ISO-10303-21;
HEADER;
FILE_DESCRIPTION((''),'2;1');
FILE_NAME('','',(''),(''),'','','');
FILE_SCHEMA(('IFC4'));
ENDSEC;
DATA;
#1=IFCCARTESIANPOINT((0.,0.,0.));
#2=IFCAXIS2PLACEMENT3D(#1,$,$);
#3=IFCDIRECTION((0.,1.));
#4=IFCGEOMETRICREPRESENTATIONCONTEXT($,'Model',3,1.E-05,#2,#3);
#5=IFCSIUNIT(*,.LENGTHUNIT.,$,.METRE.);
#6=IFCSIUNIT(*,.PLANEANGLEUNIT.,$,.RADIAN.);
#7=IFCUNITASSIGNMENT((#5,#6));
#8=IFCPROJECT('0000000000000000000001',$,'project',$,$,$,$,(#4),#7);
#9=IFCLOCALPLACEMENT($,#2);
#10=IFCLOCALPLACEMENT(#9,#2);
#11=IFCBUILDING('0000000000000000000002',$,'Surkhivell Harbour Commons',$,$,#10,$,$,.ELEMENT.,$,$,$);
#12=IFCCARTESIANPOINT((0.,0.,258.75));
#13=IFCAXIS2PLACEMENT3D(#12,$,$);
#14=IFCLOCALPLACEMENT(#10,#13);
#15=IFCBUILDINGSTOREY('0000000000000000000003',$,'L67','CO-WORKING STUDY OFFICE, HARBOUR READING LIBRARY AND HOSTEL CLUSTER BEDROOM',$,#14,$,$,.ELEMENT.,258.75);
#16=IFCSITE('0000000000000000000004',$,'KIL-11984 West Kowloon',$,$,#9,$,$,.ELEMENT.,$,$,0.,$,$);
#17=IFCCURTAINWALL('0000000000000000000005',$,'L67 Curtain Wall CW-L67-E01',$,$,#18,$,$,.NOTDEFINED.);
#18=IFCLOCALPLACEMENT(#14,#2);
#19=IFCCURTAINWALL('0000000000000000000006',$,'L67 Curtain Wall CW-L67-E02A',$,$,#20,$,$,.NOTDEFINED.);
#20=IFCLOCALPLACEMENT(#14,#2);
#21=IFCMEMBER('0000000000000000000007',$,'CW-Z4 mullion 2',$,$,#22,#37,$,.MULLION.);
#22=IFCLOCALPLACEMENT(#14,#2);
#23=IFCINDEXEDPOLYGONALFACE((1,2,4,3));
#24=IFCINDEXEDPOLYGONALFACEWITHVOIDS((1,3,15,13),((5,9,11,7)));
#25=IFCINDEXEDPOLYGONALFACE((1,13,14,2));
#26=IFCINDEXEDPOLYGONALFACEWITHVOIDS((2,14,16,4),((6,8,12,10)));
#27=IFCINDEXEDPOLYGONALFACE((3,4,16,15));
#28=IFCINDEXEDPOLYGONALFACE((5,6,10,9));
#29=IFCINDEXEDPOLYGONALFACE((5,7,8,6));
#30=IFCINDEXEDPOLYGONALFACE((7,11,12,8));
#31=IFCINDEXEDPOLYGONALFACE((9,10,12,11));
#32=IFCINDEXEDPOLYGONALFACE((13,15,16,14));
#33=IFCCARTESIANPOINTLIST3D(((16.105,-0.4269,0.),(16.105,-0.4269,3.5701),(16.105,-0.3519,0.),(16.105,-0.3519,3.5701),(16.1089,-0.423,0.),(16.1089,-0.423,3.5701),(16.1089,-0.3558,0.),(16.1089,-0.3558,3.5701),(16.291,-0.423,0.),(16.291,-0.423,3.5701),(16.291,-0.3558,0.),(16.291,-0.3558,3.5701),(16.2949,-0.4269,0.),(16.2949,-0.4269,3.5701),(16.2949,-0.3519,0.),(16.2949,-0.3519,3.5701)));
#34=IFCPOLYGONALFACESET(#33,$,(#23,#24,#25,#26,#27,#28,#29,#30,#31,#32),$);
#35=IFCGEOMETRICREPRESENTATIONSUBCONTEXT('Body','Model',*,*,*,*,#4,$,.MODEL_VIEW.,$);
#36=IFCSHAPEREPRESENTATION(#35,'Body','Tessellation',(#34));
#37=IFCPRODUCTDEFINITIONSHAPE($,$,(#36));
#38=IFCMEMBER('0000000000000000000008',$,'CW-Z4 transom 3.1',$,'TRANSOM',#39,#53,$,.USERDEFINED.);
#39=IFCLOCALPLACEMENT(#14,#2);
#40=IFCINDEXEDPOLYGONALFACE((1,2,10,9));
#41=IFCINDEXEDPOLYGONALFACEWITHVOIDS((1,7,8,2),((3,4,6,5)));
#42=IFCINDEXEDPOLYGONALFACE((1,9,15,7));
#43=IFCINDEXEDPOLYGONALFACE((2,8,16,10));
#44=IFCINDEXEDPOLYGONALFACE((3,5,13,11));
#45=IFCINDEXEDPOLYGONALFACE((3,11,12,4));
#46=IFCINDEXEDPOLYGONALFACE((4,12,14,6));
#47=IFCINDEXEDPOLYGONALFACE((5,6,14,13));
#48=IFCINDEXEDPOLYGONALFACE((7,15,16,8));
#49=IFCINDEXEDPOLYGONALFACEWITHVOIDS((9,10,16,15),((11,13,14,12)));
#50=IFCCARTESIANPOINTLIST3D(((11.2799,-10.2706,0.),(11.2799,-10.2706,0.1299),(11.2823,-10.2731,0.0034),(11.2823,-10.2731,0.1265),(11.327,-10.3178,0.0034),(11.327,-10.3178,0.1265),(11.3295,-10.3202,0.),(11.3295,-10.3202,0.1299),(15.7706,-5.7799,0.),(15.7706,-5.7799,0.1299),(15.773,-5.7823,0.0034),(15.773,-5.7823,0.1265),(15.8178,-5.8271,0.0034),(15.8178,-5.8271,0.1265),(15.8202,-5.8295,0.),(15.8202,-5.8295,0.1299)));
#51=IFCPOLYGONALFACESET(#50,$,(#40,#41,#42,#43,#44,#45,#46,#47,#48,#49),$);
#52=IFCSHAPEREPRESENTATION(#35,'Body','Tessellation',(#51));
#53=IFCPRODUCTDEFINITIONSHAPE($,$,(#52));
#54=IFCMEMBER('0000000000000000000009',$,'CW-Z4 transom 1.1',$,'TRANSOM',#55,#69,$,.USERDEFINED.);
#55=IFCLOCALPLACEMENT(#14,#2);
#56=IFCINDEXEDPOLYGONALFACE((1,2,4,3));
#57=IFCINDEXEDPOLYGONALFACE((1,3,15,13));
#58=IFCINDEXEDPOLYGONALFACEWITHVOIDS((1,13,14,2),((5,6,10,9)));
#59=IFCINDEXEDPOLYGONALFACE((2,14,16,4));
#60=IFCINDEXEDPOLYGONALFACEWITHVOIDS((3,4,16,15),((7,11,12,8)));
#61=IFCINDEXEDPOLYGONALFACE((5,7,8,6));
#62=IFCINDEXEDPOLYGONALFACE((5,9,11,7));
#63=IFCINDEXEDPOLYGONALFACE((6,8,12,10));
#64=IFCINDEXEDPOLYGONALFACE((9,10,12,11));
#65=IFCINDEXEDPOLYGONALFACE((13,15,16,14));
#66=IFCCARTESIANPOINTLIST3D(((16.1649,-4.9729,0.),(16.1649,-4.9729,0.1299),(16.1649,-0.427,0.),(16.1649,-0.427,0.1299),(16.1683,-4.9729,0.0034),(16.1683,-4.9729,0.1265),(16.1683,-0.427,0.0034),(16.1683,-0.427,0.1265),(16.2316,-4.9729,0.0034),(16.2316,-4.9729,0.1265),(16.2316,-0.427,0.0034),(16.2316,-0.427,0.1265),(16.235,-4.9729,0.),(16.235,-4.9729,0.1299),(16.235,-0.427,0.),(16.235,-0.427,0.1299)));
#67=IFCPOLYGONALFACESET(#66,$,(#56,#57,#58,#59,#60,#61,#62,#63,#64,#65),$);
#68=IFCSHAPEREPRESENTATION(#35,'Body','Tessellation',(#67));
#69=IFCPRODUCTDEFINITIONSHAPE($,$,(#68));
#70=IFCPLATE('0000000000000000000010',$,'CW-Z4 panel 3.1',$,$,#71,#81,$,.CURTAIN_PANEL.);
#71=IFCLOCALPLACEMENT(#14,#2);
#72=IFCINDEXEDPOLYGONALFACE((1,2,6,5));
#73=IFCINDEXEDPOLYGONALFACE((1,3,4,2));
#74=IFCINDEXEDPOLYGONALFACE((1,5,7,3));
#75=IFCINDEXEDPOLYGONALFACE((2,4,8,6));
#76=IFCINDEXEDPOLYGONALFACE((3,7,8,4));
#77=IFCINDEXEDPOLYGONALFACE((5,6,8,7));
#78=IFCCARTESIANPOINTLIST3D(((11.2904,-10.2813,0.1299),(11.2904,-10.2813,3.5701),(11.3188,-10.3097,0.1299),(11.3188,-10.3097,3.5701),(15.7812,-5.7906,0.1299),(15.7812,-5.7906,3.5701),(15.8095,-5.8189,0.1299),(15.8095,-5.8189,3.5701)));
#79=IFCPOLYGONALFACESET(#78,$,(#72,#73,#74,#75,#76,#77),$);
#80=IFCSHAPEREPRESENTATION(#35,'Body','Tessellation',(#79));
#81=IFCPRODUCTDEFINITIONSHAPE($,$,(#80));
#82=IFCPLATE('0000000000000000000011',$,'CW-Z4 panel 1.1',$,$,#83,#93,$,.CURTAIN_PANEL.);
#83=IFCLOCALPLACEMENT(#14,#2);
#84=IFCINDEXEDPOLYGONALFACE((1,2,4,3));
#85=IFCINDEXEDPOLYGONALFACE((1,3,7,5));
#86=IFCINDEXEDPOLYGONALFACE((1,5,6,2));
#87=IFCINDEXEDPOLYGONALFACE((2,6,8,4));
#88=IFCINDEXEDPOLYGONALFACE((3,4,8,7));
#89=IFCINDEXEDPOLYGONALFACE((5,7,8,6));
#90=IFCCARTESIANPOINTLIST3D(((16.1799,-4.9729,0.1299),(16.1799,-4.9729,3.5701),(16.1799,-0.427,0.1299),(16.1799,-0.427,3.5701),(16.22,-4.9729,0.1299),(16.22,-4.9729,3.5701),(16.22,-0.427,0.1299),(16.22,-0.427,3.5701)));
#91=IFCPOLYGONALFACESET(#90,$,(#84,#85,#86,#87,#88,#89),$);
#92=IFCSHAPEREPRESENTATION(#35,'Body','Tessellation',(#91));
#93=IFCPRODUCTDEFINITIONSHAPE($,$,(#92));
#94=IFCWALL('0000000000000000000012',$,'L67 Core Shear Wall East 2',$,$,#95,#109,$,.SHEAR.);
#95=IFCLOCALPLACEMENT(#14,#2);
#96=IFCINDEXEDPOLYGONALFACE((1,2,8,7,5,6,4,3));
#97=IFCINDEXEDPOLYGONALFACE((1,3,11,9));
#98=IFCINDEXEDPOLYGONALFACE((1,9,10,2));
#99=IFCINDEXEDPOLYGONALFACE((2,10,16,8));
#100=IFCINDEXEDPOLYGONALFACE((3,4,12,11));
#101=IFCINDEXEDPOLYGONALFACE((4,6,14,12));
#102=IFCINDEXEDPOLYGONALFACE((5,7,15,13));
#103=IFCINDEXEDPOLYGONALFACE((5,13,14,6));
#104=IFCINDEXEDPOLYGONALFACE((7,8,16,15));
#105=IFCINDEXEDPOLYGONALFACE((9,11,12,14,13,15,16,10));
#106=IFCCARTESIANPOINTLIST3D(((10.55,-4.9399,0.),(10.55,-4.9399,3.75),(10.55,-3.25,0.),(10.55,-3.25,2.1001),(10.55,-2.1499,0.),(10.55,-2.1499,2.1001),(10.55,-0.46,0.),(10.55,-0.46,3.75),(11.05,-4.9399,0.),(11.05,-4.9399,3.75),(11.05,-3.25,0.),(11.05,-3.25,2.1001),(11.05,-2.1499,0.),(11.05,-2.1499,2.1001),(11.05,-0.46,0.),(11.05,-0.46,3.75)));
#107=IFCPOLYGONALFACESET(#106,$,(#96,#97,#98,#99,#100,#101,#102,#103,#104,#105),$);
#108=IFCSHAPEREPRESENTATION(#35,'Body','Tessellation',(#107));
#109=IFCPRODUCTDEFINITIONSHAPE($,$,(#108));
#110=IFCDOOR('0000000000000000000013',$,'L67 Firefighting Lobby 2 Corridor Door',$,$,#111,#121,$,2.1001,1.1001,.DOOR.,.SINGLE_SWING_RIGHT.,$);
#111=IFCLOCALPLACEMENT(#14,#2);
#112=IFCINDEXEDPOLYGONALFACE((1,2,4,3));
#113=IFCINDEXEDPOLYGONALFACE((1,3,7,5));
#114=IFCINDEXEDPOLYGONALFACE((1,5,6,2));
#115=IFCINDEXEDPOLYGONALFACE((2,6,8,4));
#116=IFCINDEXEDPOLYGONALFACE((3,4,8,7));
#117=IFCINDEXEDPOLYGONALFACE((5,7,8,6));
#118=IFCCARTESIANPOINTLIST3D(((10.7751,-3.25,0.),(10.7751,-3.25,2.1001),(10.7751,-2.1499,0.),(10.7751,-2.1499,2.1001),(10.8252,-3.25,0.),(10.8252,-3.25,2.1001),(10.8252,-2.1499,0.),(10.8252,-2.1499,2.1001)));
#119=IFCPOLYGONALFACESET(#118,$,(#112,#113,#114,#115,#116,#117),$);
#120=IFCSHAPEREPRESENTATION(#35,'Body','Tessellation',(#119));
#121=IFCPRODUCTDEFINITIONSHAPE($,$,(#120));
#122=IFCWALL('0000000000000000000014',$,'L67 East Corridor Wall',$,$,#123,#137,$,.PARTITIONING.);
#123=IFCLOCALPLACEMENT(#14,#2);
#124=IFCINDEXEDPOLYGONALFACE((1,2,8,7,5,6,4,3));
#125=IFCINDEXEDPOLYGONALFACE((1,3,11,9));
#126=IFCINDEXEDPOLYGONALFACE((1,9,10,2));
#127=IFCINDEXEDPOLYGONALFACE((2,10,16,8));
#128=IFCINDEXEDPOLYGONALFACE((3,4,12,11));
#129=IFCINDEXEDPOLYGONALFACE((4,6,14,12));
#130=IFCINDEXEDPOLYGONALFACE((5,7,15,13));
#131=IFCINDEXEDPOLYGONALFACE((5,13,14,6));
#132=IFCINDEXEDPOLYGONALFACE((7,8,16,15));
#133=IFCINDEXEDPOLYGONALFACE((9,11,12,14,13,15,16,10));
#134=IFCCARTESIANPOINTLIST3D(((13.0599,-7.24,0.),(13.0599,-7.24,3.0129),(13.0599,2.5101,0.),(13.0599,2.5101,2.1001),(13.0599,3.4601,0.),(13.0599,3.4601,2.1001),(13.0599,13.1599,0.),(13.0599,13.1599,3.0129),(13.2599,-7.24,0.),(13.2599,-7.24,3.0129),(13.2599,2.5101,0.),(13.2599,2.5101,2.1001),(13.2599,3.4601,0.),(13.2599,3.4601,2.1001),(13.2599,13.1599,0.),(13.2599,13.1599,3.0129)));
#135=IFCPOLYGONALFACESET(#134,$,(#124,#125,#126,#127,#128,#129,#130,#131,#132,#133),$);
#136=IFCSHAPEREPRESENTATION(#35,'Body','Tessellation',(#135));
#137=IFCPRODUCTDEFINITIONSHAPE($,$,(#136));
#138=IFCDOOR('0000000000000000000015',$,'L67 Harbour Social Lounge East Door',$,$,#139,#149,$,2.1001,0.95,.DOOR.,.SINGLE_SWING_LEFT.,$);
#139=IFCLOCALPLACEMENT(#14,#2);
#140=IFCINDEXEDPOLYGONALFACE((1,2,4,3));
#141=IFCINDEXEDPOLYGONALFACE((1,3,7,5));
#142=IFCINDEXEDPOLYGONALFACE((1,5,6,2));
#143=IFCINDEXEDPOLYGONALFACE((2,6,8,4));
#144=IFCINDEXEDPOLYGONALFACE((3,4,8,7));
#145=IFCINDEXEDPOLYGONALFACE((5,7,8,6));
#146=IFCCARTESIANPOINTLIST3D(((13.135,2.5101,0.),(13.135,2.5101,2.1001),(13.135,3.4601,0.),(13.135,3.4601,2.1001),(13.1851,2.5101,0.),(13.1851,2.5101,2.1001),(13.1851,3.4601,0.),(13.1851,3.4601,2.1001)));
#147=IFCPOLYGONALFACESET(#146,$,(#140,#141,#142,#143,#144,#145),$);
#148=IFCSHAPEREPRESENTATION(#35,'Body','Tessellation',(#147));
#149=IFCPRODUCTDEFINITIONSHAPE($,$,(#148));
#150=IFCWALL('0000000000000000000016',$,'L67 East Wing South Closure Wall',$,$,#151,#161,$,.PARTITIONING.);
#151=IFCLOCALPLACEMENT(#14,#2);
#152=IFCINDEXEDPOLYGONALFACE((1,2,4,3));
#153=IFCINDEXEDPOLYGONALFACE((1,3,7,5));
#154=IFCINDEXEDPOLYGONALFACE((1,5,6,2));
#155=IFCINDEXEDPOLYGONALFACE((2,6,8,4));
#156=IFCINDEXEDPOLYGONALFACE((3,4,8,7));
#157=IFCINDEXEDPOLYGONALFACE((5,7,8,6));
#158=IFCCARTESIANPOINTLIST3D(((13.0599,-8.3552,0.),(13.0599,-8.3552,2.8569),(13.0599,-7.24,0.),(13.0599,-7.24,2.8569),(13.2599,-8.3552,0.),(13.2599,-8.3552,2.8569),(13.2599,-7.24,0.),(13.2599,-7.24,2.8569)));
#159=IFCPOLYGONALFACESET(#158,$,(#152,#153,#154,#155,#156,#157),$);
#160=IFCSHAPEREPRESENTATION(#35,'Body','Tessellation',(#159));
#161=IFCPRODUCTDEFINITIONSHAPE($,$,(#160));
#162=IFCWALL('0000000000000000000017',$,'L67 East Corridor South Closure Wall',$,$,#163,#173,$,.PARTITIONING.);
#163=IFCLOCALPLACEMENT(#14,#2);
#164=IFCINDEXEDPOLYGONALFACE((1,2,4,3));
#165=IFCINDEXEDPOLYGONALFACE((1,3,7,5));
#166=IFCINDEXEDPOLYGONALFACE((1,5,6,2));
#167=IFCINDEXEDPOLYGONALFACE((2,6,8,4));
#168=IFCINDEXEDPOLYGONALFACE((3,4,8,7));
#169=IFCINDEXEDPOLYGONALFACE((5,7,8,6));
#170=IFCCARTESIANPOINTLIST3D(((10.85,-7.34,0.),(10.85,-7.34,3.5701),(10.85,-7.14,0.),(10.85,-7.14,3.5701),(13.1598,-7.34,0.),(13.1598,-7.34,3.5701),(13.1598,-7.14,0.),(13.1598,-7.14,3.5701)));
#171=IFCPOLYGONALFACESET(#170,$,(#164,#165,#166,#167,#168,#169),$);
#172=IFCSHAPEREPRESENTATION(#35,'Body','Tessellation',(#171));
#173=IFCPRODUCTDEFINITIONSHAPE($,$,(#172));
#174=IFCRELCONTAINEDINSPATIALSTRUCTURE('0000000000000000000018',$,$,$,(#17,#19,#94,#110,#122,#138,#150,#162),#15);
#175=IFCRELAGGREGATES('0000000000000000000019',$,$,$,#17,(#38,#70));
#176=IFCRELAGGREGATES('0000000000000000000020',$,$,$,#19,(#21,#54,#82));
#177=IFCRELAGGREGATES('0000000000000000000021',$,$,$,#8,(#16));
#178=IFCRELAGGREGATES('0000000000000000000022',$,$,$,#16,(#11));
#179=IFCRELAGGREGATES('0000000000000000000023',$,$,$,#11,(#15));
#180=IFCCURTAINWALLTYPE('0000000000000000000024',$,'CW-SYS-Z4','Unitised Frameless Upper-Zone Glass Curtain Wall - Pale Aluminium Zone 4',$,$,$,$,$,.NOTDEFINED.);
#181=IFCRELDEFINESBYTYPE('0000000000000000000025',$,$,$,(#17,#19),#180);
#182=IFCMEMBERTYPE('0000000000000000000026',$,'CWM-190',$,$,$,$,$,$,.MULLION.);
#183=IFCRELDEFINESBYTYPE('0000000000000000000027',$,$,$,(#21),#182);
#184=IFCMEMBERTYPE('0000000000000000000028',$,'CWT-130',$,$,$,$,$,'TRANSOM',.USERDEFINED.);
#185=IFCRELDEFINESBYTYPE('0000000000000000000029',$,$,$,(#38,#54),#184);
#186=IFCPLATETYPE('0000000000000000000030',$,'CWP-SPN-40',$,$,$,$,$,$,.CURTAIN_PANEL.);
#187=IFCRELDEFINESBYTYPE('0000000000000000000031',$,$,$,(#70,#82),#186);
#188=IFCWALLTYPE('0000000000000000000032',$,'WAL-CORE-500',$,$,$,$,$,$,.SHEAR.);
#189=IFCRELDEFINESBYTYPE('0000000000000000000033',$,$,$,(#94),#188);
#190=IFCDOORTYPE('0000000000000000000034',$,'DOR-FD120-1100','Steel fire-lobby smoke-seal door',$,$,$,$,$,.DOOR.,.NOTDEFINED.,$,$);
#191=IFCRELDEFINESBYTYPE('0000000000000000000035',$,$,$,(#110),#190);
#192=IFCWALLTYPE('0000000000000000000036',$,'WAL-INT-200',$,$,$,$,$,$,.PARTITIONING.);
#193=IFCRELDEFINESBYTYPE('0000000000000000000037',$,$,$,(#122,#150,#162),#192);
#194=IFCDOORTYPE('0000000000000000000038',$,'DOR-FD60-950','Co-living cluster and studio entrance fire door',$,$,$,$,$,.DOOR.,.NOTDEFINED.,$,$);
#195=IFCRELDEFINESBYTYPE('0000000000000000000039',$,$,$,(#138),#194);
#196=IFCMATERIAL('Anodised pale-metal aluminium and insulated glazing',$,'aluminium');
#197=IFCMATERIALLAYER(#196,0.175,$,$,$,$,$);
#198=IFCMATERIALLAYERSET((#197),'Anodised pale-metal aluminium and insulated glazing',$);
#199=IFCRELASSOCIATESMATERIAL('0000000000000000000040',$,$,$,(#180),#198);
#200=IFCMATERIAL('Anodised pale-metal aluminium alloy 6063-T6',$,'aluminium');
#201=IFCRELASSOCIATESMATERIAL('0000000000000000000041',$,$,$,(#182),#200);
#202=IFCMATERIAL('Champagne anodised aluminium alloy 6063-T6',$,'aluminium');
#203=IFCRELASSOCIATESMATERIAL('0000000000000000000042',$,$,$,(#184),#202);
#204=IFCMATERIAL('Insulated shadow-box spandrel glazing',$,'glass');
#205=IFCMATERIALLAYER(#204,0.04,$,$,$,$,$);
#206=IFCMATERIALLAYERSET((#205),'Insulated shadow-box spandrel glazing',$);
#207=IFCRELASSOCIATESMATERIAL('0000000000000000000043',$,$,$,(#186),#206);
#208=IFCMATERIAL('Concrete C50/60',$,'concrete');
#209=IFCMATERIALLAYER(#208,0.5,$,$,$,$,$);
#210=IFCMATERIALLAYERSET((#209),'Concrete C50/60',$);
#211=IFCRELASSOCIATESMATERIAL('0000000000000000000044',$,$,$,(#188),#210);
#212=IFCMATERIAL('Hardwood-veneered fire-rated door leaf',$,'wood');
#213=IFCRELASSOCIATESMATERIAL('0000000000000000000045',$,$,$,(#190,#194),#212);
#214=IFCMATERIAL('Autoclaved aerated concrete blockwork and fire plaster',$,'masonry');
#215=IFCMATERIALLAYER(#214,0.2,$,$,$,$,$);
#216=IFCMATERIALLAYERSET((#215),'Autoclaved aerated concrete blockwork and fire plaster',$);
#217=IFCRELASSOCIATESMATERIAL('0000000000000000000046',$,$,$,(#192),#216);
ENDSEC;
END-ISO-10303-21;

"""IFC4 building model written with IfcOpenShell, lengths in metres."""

from ifc_helpers import new_model, si_unit, direction, frame, frame_2d, origin, origin_2d, place, context, subcontext, project, spatial, rectangle, hollow_rectangle, extrude, material, layer, layer_set, material_profile, profile_set, type_object, element, fill, aggregate, save


model = new_model("IFC4")

# Units and contexts
model_context = context("Model", 3, precision=1e-05, world=origin(), true_north=direction((0.0, 1.0)))
body_context = subcontext(model_context, "Body", "Model", "MODEL_VIEW")
ifc_project = project(units=[si_unit("LENGTHUNIT", "METRE"), si_unit("PLANEANGLEUNIT", "RADIAN")], contexts=[model_context])

# Site, building, storey
site_placement = place(None, origin())
site = spatial("IfcSite", under=ifc_project, at=site_placement, Name="KIL-11984 West Kowloon", CompositionType="ELEMENT", RefElevation=0.0)
building_placement = place(site_placement, origin())
building = spatial("IfcBuilding", under=site, at=building_placement, Name="Surkhivell Harbour Commons", CompositionType="ELEMENT")
storey_placement = place(building_placement, frame((0.0, 0.0, 258.75)))
storey = spatial("IfcBuildingStorey", under=building, at=storey_placement, Name="L67", Description="CO-WORKING STUDY OFFICE, HARBOUR READING LIBRARY AND HOSTEL CLUSTER BEDROOM", CompositionType="ELEMENT", Elevation=258.75)

# Shared definitions
ifc_material_1 = material(Name="Concrete C50/60", Category="concrete")

# Curtain walls, member
ifc_material_2 = material(Name="Anodised pale-metal aluminium and insulated glazing", Category="aluminium")
ifc_layer_1 = layer(ifc_material_2, 0.175)
ifc_layer_set_1 = layer_set([ifc_layer_1], Name="Anodised pale-metal aluminium and insulated glazing")
curtain_wall_type = type_object("IfcCurtainWallType", Name="CW-SYS-Z4", Description="Unitised Frameless Upper-Zone Glass Curtain Wall - Pale Aluminium Zone 4", PredefinedType="NOTDEFINED", material=ifc_layer_set_1)
curtain_wall_1_placement = place(storey_placement, origin())
curtain_wall_1 = element("IfcCurtainWall", 1, at=curtain_wall_1_placement, inside=storey, type_object=curtain_wall_type, Name="L67 Curtain Wall CW-L67-E01", PredefinedType="NOTDEFINED")
ifc_material_3 = material(Name="Anodised pale-metal aluminium alloy 6063-T6", Category="aluminium")
ifc_material_profile_1 = material_profile(ifc_material_3, hollow_rectangle(XDim=0.075, YDim=0.1899, WallThickness=0.0039, at=origin_2d()), Name="ALU-MULL-75x190")
ifc_profile_set_1 = profile_set([ifc_material_profile_1], Name="Anodised pale-metal aluminium alloy 6063-T6")
member_type_1 = type_object("IfcMemberType", Name="CWM-190", PredefinedType="MULLION", material=ifc_profile_set_1)
curtain_wall_2_placement = place(storey_placement, origin())
curtain_wall_2 = element("IfcCurtainWall", 2, at=curtain_wall_2_placement, inside=storey, type_object=curtain_wall_type, Name="L67 Curtain Wall CW-L67-E02A", PredefinedType="NOTDEFINED")
member_1_placement = place(storey_placement, frame((16.2, -0.3894, 0.0), z_axis=(0.0, 0.0, 1.0), x_axis=(0.0, 1.0, 0.0)))
member_1 = element("IfcMember", 3, at=member_1_placement, type_object=member_type_1, Name="CW-Z4 mullion 2", PredefinedType="MULLION", context=body_context, shape_type="SweptSolid", body=[
    extrude(hollow_rectangle(XDim=0.075, YDim=0.1899, WallThickness=0.0039, at=origin_2d()), origin(), (0.0, 0.0, 1.0), 3.5701),
])

# Members
ifc_material_4 = material(Name="Champagne anodised aluminium alloy 6063-T6", Category="aluminium")
ifc_material_profile_2 = material_profile(ifc_material_4, hollow_rectangle(XDim=0.0701, YDim=0.1299, WallThickness=0.0034, at=origin_2d()), Name="ALU-TRAN-70x130")
ifc_profile_set_2 = profile_set([ifc_material_profile_2], Name="Champagne anodised aluminium alloy 6063-T6")
member_type_2 = type_object("IfcMemberType", Name="CWT-130", ElementType="TRANSOM", PredefinedType="USERDEFINED", material=ifc_profile_set_2)
member_2_placement = place(storey_placement, frame((11.3047, -10.2954, 0.0649), z_axis=(0.707107, 0.707107, 0.0), x_axis=(-0.707107, 0.707107, 0.0)))
member_2 = element("IfcMember", 4, at=member_2_placement, type_object=member_type_2, Name="CW-Z4 transom 3.1", ObjectType="TRANSOM", PredefinedType="USERDEFINED", context=body_context, shape_type="SweptSolid", body=[
    extrude(hollow_rectangle(XDim=0.0701, YDim=0.1299, WallThickness=0.0034, at=origin_2d()), origin(), (0.0, 0.0, 1.0), 6.3508),
])
member_3_placement = place(storey_placement, frame((16.2, -4.9729, 0.0649), z_axis=(0.0, 1.0, 0.0), x_axis=(-1.0, 0.0, 0.0)))
member_3 = element("IfcMember", 5, at=member_3_placement, type_object=member_type_2, Name="CW-Z4 transom 1.1", ObjectType="TRANSOM", PredefinedType="USERDEFINED", context=body_context, shape_type="SweptSolid", body=[
    extrude(hollow_rectangle(XDim=0.0701, YDim=0.1299, WallThickness=0.0034, at=origin_2d()), origin(), (0.0, 0.0, 1.0), 4.5459),
])

# Plates
ifc_material_5 = material(Name="Insulated shadow-box spandrel glazing", Category="glass")
ifc_layer_2 = layer(ifc_material_5, 0.04)
ifc_layer_set_2 = layer_set([ifc_layer_2], Name="Insulated shadow-box spandrel glazing")
plate_type = type_object("IfcPlateType", Name="CWP-SPN-40", PredefinedType="CURTAIN_PANEL", material=ifc_layer_set_2)
plate_1_placement = place(storey_placement, frame((11.3047, -10.2954, 0.1299), z_axis=(0.0, 0.0, 1.0), x_axis=(0.707107, 0.707107, 0.0)))
plate_1 = element("IfcPlate", 6, at=plate_1_placement, type_object=plate_type, Name="CW-Z4 panel 3.1", PredefinedType="CURTAIN_PANEL", context=body_context, shape_type="SweptSolid", body=[
    extrude(rectangle(XDim=6.3508, YDim=0.04, at=frame_2d((3.1753, 0.0))), origin(), (0.0, 0.0, 1.0), 3.4402),
])
aggregate(curtain_wall_1, [member_2, plate_1])
plate_2_placement = place(storey_placement, frame((16.2, -4.9729, 0.1299), z_axis=(0.0, 0.0, 1.0), x_axis=(0.0, 1.0, 0.0)))
plate_2 = element("IfcPlate", 7, at=plate_2_placement, type_object=plate_type, Name="CW-Z4 panel 1.1", PredefinedType="CURTAIN_PANEL", context=body_context, shape_type="SweptSolid", body=[
    extrude(rectangle(XDim=4.5459, YDim=0.04, at=frame_2d((2.2729, 0.0))), origin(), (0.0, 0.0, 1.0), 3.4402),
])
aggregate(curtain_wall_2, [member_1, member_3, plate_2])

# Walls, openings, doors
ifc_layer_3 = layer(ifc_material_1, 0.5)
ifc_layer_set_3 = layer_set([ifc_layer_3], Name="Concrete C50/60")
wall_type_1 = type_object("IfcWallType", Name="WAL-CORE-500", PredefinedType="SHEAR", material=ifc_layer_set_3)
wall_1_placement = place(storey_placement, frame((10.8, -4.9399, 0.0), z_axis=(0.0, 0.0, 1.0), x_axis=(0.0, 1.0, 0.0)))
wall_1 = element("IfcWall", 8, at=wall_1_placement, inside=storey, type_object=wall_type_1, Name="L67 Core Shear Wall East 2", PredefinedType="SHEAR", context=body_context, shape_type="SweptSolid", body=[
    extrude(rectangle(XDim=4.48, YDim=0.5, at=frame_2d((2.24, 0.0))), origin(), (0.0, 0.0, 1.0), 3.75),
])
opening_1_placement = place(wall_1_placement, frame((1.6899, 0.0, 0.0)))
opening_1 = element("IfcOpeningElement", 9, at=opening_1_placement, cuts=wall_1, PredefinedType="OPENING", context=body_context, shape_type="SweptSolid", body=[
    extrude(rectangle(XDim=1.1001, YDim=2.1001, at=frame_2d((0.55, 1.05))), frame((0.0, 0.26, 0.0), z_axis=(0.0, -1.0, 0.0), x_axis=(1.0, 0.0, 0.0)), (0.0, 0.0, 1.0), 0.52),
])
ifc_material_6 = material(Name="Hardwood-veneered fire-rated door leaf", Category="wood")
door_type_1 = type_object("IfcDoorType", Name="DOR-FD120-1100", Description="Steel fire-lobby smoke-seal door", OperationType="NOTDEFINED", PredefinedType="DOOR", material=ifc_material_6)
door_1_placement = place(opening_1_placement, origin())
door_1 = element("IfcDoor", 10, at=door_1_placement, inside=storey, type_object=door_type_1, Name="L67 Firefighting Lobby 2 Corridor Door", OperationType="SINGLE_SWING_RIGHT", OverallHeight=2.1001, OverallWidth=1.1001, PredefinedType="DOOR", context=body_context, shape_type="SweptSolid", body=[
    extrude(rectangle(XDim=1.1001, YDim=2.1001, at=frame_2d((0.55, 1.05))), frame((0.0, 0.0249, 0.0), z_axis=(0.0, -1.0, 0.0), x_axis=(1.0, 0.0, 0.0)), (0.0, 0.0, 1.0), 0.05),
])
fill(opening_1, door_1)
ifc_material_7 = material(Name="Autoclaved aerated concrete blockwork and fire plaster", Category="masonry")
ifc_layer_4 = layer(ifc_material_7, 0.2)
ifc_layer_set_4 = layer_set([ifc_layer_4], Name="Autoclaved aerated concrete blockwork and fire plaster")
wall_type_2 = type_object("IfcWallType", Name="WAL-INT-200", PredefinedType="PARTITIONING", material=ifc_layer_set_4)
wall_2_placement = place(storey_placement, frame((13.1599, -7.24, 0.0), z_axis=(0.0, 0.0, 1.0), x_axis=(0.0, 1.0, 0.0)))
wall_2 = element("IfcWall", 11, at=wall_2_placement, inside=storey, type_object=wall_type_2, Name="L67 East Corridor Wall", PredefinedType="PARTITIONING", context=body_context, shape_type="SweptSolid", body=[
    extrude(rectangle(XDim=20.3999, YDim=0.2, at=frame_2d((10.2, 0.0))), origin(), (0.0, 0.0, 1.0), 3.0129),
])
opening_2_placement = place(wall_2_placement, frame((9.75, 0.0, 0.0)))
opening_2 = element("IfcOpeningElement", 12, at=opening_2_placement, cuts=wall_2, PredefinedType="OPENING", context=body_context, shape_type="SweptSolid", body=[
    extrude(rectangle(XDim=0.95, YDim=2.1001, at=frame_2d((0.4751, 1.05))), frame((0.0, 0.1099, 0.0), z_axis=(0.0, -1.0, 0.0), x_axis=(1.0, 0.0, 0.0)), (0.0, 0.0, 1.0), 0.22),
])
door_type_2 = type_object("IfcDoorType", Name="DOR-FD60-950", Description="Co-living cluster and studio entrance fire door", OperationType="NOTDEFINED", PredefinedType="DOOR", material=ifc_material_6)
door_2_placement = place(opening_2_placement, origin())
door_2 = element("IfcDoor", 13, at=door_2_placement, inside=storey, type_object=door_type_2, Name="L67 Harbour Social Lounge East Door", OperationType="SINGLE_SWING_LEFT", OverallHeight=2.1001, OverallWidth=0.95, PredefinedType="DOOR", context=body_context, shape_type="SweptSolid", body=[
    extrude(rectangle(XDim=0.95, YDim=2.1001, at=frame_2d((0.4751, 1.05))), frame((0.0, 0.0249, 0.0), z_axis=(0.0, -1.0, 0.0), x_axis=(1.0, 0.0, 0.0)), (0.0, 0.0, 1.0), 0.05),
])
fill(opening_2, door_2)

# Walls
wall_3_placement = place(storey_placement, frame((13.1599, -8.3552, 0.0), z_axis=(0.0, 0.0, 1.0), x_axis=(0.0, 1.0, 0.0)))
element("IfcWall", 14, at=wall_3_placement, inside=storey, type_object=wall_type_2, Name="L67 East Wing South Closure Wall", PredefinedType="PARTITIONING", context=body_context, shape_type="SweptSolid", body=[
    extrude(rectangle(XDim=1.1152, YDim=0.2, at=frame_2d((0.5576, 0.0))), origin(), (0.0, 0.0, 1.0), 2.8569),
])
wall_4_placement = place(storey_placement, frame((10.8501, -7.24, 0.0), z_axis=(0.0, 0.0, 1.0), x_axis=(1.0, 0.0, 0.0)))
element("IfcWall", 15, at=wall_4_placement, inside=storey, type_object=wall_type_2, Name="L67 East Corridor South Closure Wall", PredefinedType="PARTITIONING", context=body_context, shape_type="SweptSolid", body=[
    extrude(rectangle(XDim=2.3098, YDim=0.2, at=frame_2d((1.1548, 0.0))), origin(), (0.0, 0.0, 1.0), 3.5701),
])

save(model, "model.ifc")
